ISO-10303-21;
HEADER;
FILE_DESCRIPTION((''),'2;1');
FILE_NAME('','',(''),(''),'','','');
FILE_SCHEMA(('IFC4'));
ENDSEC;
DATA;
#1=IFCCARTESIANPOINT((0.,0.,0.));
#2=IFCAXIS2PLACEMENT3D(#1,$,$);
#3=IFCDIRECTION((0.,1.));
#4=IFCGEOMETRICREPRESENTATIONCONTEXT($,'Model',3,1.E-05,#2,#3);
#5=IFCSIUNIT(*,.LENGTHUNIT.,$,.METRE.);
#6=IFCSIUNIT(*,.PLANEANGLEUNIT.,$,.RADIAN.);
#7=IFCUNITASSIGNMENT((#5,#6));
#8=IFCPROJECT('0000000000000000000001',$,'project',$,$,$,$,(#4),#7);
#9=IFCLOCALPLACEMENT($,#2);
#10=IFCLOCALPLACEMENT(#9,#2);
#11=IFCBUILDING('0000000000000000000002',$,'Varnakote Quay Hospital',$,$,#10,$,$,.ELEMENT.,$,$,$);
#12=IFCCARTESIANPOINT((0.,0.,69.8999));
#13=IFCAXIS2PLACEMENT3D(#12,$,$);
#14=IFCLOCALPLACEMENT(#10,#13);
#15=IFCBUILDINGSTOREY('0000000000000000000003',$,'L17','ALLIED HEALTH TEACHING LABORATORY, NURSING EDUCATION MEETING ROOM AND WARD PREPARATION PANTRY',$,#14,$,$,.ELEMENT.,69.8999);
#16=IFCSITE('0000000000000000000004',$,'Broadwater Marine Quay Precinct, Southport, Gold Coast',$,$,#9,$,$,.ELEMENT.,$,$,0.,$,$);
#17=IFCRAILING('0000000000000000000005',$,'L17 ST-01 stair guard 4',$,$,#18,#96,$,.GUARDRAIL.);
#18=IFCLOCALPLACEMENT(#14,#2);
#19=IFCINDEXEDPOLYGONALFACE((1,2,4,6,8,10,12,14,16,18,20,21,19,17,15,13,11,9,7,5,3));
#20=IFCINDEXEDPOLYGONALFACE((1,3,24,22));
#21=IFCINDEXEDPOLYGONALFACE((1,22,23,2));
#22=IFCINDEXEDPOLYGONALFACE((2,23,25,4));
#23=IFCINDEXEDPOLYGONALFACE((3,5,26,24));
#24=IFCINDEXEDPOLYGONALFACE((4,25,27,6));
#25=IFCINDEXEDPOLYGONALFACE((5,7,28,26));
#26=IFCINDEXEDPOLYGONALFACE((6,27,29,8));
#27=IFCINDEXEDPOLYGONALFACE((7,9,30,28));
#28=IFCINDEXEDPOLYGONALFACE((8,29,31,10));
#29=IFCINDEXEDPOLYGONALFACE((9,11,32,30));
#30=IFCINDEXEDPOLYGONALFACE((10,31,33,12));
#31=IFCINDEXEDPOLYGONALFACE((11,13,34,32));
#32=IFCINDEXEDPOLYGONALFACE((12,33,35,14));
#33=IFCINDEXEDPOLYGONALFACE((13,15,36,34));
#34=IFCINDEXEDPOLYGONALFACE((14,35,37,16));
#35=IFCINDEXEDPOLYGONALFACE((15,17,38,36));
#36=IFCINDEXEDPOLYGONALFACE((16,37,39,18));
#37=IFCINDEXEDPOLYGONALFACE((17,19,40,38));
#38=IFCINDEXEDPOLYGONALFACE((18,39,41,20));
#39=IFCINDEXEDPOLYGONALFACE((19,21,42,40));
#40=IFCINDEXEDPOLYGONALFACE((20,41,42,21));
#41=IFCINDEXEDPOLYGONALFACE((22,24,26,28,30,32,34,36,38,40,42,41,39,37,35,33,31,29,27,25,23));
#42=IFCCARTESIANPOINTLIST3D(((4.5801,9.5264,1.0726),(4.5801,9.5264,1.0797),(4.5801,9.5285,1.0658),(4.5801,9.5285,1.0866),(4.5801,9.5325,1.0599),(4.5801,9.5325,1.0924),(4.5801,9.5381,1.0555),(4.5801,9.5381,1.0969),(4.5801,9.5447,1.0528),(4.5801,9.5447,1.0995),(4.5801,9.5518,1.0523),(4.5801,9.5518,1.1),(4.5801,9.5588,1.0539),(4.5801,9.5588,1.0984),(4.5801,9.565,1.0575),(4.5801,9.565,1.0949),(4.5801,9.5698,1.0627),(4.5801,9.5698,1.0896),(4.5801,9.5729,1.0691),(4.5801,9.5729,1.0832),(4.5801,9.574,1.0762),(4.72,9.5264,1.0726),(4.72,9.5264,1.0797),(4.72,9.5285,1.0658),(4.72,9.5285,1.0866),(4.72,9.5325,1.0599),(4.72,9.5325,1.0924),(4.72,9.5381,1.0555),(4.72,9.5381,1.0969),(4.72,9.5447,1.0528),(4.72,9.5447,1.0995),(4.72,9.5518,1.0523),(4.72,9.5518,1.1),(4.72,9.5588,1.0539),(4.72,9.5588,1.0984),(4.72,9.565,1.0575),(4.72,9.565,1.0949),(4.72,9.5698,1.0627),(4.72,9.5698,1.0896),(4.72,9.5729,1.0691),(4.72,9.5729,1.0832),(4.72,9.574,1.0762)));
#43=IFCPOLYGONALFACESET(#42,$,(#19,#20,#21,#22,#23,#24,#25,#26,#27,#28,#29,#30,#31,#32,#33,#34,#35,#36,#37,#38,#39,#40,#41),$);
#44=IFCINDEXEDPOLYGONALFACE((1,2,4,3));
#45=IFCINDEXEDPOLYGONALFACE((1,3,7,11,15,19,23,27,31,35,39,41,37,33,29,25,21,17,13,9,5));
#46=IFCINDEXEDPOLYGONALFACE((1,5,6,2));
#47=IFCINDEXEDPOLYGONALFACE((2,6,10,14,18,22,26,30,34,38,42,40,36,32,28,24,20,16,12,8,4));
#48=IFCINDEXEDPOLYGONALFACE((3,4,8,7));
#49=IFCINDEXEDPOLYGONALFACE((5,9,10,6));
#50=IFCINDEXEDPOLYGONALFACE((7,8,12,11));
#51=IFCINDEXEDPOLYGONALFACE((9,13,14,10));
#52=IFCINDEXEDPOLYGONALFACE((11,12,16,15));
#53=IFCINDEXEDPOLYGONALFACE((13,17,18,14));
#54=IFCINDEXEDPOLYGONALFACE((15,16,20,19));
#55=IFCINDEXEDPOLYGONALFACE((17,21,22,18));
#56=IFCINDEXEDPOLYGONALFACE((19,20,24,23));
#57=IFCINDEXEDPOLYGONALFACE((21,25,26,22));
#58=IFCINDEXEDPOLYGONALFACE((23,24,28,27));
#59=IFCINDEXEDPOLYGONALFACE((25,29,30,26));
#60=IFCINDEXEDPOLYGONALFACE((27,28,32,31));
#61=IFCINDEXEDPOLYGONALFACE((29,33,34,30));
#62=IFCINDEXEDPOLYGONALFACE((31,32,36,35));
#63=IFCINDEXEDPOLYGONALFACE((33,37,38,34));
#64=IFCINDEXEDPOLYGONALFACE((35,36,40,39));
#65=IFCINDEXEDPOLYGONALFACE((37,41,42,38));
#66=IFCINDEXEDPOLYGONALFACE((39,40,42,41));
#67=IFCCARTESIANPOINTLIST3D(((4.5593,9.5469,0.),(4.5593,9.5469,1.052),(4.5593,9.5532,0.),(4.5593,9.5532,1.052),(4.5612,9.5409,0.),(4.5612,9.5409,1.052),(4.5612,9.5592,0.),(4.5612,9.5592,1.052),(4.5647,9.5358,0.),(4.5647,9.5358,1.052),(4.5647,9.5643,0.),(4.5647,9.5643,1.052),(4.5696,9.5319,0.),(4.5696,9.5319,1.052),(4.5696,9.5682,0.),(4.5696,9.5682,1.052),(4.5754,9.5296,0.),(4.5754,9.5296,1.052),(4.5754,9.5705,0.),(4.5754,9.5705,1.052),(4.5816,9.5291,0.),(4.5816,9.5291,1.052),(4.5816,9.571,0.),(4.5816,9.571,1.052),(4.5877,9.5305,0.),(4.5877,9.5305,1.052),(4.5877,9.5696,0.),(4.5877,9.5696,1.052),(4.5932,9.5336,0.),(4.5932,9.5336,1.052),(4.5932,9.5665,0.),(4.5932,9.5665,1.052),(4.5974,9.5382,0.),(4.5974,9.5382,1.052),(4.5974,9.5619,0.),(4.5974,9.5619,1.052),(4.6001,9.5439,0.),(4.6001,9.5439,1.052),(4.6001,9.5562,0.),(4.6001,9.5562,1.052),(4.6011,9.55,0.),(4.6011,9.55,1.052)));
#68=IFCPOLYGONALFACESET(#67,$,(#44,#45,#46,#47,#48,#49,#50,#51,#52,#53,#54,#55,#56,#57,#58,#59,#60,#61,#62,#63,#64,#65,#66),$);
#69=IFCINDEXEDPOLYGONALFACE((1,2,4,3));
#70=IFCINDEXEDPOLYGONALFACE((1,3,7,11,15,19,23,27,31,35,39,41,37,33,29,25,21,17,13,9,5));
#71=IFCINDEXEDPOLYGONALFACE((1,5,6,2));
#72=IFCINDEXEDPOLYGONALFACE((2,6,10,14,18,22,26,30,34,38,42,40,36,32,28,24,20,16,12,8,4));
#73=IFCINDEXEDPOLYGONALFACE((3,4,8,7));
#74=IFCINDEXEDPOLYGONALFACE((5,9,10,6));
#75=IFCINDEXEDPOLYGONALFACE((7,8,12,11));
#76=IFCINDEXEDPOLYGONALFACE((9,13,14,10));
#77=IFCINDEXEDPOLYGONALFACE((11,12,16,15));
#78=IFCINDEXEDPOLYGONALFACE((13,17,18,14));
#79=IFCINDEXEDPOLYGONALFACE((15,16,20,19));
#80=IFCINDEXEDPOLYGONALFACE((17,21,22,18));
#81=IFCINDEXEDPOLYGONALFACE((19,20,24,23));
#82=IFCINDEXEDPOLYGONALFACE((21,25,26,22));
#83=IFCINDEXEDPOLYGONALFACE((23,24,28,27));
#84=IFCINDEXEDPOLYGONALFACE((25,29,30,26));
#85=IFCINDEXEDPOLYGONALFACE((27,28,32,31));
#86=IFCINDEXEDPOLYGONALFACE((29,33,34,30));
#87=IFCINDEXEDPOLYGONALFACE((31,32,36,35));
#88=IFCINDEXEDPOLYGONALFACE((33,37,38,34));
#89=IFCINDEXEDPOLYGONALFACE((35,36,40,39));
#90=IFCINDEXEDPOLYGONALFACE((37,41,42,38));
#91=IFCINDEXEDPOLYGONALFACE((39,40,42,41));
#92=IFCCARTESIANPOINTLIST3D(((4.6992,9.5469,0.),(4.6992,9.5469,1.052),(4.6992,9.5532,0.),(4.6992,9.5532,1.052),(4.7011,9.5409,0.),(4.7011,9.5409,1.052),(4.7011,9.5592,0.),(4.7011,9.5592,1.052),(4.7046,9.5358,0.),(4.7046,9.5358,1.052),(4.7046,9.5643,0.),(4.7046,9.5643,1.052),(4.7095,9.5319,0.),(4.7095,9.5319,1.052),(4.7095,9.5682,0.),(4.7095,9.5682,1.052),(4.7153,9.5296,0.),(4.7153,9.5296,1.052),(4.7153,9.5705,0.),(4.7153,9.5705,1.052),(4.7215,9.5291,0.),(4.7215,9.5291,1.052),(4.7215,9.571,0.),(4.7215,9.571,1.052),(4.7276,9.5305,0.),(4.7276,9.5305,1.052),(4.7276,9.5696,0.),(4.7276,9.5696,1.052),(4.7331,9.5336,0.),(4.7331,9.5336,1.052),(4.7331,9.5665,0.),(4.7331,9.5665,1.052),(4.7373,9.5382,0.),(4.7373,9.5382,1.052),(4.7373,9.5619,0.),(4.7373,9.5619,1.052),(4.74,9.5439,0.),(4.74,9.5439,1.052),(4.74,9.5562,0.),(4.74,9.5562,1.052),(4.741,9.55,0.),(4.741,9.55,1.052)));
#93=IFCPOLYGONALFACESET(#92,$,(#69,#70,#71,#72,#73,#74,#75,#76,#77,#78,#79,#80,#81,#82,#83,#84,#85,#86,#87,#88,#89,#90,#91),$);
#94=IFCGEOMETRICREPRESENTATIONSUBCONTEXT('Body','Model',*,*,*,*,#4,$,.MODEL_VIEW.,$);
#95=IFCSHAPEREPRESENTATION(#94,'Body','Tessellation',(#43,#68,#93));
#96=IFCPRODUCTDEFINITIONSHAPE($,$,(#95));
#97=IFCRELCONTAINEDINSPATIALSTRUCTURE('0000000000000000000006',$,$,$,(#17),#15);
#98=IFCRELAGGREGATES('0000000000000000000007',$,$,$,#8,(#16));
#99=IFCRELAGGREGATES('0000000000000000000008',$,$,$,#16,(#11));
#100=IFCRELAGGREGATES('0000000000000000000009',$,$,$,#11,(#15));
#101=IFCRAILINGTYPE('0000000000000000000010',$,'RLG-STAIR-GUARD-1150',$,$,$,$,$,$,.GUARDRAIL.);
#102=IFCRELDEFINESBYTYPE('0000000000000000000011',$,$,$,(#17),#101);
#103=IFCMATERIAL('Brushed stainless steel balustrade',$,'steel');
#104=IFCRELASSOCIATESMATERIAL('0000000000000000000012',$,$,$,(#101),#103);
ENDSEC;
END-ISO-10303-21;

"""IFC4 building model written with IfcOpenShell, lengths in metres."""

from ifc_helpers import new_model, si_unit, direction, frame, origin, origin_2d, place, context, subcontext, project, spatial, circle, extrude, material, type_object, element, save


model = new_model("IFC4")

# Units and contexts
model_context = context("Model", 3, precision=1e-05, world=origin(), true_north=direction((0.0, 1.0)))
body_context = subcontext(model_context, "Body", "Model", "MODEL_VIEW")
ifc_project = project(units=[si_unit("LENGTHUNIT", "METRE"), si_unit("PLANEANGLEUNIT", "RADIAN")], contexts=[model_context])

# Site, building, storey
site_placement = place(None, origin())
site = spatial("IfcSite", under=ifc_project, at=site_placement, Name="Broadwater Marine Quay Precinct, Southport, Gold Coast", CompositionType="ELEMENT", RefElevation=0.0)
building_placement = place(site_placement, origin())
building = spatial("IfcBuilding", under=site, at=building_placement, Name="Varnakote Quay Hospital", CompositionType="ELEMENT")
storey_placement = place(building_placement, frame((0.0, 0.0, 69.8999)))
storey = spatial("IfcBuildingStorey", under=building, at=storey_placement, Name="L17", Description="ALLIED HEALTH TEACHING LABORATORY, NURSING EDUCATION MEETING ROOM AND WARD PREPARATION PANTRY", CompositionType="ELEMENT", Elevation=69.8999)

# Railing
ifc_material_1 = material(Name="Brushed stainless steel balustrade", Category="steel")
railing_type_1 = type_object("IfcRailingType", Name="RLG-STAIR-GUARD-1150", PredefinedType="GUARDRAIL", material=ifc_material_1)
railing_1_placement = place(storey_placement, frame((4.5801, 9.55, 0.0)))
element("IfcRailing", 1, at=railing_1_placement, inside=storey, type_object=railing_type_1, Name="L17 ST-01 stair guard 4", PredefinedType="GUARDRAIL", context=body_context, shape_type="SweptSolid", body=[
    extrude(circle(Radius=0.0239, at=origin_2d()), frame((0.0, 0.0, 1.0762), z_axis=(1.0, 0.0, 0.0), x_axis=(0.0, 1.0, 0.0)), (0.0, 0.0, 1.0), 0.1399),
    extrude(circle(Radius=0.021, at=origin_2d()), origin(), (0.0, 0.0, 1.0), 1.052),
    extrude(circle(Radius=0.021, at=origin_2d()), frame((0.1399, 0.0, 0.0)), (0.0, 0.0, 1.0), 1.052),
])

save(model, "model.ifc")
